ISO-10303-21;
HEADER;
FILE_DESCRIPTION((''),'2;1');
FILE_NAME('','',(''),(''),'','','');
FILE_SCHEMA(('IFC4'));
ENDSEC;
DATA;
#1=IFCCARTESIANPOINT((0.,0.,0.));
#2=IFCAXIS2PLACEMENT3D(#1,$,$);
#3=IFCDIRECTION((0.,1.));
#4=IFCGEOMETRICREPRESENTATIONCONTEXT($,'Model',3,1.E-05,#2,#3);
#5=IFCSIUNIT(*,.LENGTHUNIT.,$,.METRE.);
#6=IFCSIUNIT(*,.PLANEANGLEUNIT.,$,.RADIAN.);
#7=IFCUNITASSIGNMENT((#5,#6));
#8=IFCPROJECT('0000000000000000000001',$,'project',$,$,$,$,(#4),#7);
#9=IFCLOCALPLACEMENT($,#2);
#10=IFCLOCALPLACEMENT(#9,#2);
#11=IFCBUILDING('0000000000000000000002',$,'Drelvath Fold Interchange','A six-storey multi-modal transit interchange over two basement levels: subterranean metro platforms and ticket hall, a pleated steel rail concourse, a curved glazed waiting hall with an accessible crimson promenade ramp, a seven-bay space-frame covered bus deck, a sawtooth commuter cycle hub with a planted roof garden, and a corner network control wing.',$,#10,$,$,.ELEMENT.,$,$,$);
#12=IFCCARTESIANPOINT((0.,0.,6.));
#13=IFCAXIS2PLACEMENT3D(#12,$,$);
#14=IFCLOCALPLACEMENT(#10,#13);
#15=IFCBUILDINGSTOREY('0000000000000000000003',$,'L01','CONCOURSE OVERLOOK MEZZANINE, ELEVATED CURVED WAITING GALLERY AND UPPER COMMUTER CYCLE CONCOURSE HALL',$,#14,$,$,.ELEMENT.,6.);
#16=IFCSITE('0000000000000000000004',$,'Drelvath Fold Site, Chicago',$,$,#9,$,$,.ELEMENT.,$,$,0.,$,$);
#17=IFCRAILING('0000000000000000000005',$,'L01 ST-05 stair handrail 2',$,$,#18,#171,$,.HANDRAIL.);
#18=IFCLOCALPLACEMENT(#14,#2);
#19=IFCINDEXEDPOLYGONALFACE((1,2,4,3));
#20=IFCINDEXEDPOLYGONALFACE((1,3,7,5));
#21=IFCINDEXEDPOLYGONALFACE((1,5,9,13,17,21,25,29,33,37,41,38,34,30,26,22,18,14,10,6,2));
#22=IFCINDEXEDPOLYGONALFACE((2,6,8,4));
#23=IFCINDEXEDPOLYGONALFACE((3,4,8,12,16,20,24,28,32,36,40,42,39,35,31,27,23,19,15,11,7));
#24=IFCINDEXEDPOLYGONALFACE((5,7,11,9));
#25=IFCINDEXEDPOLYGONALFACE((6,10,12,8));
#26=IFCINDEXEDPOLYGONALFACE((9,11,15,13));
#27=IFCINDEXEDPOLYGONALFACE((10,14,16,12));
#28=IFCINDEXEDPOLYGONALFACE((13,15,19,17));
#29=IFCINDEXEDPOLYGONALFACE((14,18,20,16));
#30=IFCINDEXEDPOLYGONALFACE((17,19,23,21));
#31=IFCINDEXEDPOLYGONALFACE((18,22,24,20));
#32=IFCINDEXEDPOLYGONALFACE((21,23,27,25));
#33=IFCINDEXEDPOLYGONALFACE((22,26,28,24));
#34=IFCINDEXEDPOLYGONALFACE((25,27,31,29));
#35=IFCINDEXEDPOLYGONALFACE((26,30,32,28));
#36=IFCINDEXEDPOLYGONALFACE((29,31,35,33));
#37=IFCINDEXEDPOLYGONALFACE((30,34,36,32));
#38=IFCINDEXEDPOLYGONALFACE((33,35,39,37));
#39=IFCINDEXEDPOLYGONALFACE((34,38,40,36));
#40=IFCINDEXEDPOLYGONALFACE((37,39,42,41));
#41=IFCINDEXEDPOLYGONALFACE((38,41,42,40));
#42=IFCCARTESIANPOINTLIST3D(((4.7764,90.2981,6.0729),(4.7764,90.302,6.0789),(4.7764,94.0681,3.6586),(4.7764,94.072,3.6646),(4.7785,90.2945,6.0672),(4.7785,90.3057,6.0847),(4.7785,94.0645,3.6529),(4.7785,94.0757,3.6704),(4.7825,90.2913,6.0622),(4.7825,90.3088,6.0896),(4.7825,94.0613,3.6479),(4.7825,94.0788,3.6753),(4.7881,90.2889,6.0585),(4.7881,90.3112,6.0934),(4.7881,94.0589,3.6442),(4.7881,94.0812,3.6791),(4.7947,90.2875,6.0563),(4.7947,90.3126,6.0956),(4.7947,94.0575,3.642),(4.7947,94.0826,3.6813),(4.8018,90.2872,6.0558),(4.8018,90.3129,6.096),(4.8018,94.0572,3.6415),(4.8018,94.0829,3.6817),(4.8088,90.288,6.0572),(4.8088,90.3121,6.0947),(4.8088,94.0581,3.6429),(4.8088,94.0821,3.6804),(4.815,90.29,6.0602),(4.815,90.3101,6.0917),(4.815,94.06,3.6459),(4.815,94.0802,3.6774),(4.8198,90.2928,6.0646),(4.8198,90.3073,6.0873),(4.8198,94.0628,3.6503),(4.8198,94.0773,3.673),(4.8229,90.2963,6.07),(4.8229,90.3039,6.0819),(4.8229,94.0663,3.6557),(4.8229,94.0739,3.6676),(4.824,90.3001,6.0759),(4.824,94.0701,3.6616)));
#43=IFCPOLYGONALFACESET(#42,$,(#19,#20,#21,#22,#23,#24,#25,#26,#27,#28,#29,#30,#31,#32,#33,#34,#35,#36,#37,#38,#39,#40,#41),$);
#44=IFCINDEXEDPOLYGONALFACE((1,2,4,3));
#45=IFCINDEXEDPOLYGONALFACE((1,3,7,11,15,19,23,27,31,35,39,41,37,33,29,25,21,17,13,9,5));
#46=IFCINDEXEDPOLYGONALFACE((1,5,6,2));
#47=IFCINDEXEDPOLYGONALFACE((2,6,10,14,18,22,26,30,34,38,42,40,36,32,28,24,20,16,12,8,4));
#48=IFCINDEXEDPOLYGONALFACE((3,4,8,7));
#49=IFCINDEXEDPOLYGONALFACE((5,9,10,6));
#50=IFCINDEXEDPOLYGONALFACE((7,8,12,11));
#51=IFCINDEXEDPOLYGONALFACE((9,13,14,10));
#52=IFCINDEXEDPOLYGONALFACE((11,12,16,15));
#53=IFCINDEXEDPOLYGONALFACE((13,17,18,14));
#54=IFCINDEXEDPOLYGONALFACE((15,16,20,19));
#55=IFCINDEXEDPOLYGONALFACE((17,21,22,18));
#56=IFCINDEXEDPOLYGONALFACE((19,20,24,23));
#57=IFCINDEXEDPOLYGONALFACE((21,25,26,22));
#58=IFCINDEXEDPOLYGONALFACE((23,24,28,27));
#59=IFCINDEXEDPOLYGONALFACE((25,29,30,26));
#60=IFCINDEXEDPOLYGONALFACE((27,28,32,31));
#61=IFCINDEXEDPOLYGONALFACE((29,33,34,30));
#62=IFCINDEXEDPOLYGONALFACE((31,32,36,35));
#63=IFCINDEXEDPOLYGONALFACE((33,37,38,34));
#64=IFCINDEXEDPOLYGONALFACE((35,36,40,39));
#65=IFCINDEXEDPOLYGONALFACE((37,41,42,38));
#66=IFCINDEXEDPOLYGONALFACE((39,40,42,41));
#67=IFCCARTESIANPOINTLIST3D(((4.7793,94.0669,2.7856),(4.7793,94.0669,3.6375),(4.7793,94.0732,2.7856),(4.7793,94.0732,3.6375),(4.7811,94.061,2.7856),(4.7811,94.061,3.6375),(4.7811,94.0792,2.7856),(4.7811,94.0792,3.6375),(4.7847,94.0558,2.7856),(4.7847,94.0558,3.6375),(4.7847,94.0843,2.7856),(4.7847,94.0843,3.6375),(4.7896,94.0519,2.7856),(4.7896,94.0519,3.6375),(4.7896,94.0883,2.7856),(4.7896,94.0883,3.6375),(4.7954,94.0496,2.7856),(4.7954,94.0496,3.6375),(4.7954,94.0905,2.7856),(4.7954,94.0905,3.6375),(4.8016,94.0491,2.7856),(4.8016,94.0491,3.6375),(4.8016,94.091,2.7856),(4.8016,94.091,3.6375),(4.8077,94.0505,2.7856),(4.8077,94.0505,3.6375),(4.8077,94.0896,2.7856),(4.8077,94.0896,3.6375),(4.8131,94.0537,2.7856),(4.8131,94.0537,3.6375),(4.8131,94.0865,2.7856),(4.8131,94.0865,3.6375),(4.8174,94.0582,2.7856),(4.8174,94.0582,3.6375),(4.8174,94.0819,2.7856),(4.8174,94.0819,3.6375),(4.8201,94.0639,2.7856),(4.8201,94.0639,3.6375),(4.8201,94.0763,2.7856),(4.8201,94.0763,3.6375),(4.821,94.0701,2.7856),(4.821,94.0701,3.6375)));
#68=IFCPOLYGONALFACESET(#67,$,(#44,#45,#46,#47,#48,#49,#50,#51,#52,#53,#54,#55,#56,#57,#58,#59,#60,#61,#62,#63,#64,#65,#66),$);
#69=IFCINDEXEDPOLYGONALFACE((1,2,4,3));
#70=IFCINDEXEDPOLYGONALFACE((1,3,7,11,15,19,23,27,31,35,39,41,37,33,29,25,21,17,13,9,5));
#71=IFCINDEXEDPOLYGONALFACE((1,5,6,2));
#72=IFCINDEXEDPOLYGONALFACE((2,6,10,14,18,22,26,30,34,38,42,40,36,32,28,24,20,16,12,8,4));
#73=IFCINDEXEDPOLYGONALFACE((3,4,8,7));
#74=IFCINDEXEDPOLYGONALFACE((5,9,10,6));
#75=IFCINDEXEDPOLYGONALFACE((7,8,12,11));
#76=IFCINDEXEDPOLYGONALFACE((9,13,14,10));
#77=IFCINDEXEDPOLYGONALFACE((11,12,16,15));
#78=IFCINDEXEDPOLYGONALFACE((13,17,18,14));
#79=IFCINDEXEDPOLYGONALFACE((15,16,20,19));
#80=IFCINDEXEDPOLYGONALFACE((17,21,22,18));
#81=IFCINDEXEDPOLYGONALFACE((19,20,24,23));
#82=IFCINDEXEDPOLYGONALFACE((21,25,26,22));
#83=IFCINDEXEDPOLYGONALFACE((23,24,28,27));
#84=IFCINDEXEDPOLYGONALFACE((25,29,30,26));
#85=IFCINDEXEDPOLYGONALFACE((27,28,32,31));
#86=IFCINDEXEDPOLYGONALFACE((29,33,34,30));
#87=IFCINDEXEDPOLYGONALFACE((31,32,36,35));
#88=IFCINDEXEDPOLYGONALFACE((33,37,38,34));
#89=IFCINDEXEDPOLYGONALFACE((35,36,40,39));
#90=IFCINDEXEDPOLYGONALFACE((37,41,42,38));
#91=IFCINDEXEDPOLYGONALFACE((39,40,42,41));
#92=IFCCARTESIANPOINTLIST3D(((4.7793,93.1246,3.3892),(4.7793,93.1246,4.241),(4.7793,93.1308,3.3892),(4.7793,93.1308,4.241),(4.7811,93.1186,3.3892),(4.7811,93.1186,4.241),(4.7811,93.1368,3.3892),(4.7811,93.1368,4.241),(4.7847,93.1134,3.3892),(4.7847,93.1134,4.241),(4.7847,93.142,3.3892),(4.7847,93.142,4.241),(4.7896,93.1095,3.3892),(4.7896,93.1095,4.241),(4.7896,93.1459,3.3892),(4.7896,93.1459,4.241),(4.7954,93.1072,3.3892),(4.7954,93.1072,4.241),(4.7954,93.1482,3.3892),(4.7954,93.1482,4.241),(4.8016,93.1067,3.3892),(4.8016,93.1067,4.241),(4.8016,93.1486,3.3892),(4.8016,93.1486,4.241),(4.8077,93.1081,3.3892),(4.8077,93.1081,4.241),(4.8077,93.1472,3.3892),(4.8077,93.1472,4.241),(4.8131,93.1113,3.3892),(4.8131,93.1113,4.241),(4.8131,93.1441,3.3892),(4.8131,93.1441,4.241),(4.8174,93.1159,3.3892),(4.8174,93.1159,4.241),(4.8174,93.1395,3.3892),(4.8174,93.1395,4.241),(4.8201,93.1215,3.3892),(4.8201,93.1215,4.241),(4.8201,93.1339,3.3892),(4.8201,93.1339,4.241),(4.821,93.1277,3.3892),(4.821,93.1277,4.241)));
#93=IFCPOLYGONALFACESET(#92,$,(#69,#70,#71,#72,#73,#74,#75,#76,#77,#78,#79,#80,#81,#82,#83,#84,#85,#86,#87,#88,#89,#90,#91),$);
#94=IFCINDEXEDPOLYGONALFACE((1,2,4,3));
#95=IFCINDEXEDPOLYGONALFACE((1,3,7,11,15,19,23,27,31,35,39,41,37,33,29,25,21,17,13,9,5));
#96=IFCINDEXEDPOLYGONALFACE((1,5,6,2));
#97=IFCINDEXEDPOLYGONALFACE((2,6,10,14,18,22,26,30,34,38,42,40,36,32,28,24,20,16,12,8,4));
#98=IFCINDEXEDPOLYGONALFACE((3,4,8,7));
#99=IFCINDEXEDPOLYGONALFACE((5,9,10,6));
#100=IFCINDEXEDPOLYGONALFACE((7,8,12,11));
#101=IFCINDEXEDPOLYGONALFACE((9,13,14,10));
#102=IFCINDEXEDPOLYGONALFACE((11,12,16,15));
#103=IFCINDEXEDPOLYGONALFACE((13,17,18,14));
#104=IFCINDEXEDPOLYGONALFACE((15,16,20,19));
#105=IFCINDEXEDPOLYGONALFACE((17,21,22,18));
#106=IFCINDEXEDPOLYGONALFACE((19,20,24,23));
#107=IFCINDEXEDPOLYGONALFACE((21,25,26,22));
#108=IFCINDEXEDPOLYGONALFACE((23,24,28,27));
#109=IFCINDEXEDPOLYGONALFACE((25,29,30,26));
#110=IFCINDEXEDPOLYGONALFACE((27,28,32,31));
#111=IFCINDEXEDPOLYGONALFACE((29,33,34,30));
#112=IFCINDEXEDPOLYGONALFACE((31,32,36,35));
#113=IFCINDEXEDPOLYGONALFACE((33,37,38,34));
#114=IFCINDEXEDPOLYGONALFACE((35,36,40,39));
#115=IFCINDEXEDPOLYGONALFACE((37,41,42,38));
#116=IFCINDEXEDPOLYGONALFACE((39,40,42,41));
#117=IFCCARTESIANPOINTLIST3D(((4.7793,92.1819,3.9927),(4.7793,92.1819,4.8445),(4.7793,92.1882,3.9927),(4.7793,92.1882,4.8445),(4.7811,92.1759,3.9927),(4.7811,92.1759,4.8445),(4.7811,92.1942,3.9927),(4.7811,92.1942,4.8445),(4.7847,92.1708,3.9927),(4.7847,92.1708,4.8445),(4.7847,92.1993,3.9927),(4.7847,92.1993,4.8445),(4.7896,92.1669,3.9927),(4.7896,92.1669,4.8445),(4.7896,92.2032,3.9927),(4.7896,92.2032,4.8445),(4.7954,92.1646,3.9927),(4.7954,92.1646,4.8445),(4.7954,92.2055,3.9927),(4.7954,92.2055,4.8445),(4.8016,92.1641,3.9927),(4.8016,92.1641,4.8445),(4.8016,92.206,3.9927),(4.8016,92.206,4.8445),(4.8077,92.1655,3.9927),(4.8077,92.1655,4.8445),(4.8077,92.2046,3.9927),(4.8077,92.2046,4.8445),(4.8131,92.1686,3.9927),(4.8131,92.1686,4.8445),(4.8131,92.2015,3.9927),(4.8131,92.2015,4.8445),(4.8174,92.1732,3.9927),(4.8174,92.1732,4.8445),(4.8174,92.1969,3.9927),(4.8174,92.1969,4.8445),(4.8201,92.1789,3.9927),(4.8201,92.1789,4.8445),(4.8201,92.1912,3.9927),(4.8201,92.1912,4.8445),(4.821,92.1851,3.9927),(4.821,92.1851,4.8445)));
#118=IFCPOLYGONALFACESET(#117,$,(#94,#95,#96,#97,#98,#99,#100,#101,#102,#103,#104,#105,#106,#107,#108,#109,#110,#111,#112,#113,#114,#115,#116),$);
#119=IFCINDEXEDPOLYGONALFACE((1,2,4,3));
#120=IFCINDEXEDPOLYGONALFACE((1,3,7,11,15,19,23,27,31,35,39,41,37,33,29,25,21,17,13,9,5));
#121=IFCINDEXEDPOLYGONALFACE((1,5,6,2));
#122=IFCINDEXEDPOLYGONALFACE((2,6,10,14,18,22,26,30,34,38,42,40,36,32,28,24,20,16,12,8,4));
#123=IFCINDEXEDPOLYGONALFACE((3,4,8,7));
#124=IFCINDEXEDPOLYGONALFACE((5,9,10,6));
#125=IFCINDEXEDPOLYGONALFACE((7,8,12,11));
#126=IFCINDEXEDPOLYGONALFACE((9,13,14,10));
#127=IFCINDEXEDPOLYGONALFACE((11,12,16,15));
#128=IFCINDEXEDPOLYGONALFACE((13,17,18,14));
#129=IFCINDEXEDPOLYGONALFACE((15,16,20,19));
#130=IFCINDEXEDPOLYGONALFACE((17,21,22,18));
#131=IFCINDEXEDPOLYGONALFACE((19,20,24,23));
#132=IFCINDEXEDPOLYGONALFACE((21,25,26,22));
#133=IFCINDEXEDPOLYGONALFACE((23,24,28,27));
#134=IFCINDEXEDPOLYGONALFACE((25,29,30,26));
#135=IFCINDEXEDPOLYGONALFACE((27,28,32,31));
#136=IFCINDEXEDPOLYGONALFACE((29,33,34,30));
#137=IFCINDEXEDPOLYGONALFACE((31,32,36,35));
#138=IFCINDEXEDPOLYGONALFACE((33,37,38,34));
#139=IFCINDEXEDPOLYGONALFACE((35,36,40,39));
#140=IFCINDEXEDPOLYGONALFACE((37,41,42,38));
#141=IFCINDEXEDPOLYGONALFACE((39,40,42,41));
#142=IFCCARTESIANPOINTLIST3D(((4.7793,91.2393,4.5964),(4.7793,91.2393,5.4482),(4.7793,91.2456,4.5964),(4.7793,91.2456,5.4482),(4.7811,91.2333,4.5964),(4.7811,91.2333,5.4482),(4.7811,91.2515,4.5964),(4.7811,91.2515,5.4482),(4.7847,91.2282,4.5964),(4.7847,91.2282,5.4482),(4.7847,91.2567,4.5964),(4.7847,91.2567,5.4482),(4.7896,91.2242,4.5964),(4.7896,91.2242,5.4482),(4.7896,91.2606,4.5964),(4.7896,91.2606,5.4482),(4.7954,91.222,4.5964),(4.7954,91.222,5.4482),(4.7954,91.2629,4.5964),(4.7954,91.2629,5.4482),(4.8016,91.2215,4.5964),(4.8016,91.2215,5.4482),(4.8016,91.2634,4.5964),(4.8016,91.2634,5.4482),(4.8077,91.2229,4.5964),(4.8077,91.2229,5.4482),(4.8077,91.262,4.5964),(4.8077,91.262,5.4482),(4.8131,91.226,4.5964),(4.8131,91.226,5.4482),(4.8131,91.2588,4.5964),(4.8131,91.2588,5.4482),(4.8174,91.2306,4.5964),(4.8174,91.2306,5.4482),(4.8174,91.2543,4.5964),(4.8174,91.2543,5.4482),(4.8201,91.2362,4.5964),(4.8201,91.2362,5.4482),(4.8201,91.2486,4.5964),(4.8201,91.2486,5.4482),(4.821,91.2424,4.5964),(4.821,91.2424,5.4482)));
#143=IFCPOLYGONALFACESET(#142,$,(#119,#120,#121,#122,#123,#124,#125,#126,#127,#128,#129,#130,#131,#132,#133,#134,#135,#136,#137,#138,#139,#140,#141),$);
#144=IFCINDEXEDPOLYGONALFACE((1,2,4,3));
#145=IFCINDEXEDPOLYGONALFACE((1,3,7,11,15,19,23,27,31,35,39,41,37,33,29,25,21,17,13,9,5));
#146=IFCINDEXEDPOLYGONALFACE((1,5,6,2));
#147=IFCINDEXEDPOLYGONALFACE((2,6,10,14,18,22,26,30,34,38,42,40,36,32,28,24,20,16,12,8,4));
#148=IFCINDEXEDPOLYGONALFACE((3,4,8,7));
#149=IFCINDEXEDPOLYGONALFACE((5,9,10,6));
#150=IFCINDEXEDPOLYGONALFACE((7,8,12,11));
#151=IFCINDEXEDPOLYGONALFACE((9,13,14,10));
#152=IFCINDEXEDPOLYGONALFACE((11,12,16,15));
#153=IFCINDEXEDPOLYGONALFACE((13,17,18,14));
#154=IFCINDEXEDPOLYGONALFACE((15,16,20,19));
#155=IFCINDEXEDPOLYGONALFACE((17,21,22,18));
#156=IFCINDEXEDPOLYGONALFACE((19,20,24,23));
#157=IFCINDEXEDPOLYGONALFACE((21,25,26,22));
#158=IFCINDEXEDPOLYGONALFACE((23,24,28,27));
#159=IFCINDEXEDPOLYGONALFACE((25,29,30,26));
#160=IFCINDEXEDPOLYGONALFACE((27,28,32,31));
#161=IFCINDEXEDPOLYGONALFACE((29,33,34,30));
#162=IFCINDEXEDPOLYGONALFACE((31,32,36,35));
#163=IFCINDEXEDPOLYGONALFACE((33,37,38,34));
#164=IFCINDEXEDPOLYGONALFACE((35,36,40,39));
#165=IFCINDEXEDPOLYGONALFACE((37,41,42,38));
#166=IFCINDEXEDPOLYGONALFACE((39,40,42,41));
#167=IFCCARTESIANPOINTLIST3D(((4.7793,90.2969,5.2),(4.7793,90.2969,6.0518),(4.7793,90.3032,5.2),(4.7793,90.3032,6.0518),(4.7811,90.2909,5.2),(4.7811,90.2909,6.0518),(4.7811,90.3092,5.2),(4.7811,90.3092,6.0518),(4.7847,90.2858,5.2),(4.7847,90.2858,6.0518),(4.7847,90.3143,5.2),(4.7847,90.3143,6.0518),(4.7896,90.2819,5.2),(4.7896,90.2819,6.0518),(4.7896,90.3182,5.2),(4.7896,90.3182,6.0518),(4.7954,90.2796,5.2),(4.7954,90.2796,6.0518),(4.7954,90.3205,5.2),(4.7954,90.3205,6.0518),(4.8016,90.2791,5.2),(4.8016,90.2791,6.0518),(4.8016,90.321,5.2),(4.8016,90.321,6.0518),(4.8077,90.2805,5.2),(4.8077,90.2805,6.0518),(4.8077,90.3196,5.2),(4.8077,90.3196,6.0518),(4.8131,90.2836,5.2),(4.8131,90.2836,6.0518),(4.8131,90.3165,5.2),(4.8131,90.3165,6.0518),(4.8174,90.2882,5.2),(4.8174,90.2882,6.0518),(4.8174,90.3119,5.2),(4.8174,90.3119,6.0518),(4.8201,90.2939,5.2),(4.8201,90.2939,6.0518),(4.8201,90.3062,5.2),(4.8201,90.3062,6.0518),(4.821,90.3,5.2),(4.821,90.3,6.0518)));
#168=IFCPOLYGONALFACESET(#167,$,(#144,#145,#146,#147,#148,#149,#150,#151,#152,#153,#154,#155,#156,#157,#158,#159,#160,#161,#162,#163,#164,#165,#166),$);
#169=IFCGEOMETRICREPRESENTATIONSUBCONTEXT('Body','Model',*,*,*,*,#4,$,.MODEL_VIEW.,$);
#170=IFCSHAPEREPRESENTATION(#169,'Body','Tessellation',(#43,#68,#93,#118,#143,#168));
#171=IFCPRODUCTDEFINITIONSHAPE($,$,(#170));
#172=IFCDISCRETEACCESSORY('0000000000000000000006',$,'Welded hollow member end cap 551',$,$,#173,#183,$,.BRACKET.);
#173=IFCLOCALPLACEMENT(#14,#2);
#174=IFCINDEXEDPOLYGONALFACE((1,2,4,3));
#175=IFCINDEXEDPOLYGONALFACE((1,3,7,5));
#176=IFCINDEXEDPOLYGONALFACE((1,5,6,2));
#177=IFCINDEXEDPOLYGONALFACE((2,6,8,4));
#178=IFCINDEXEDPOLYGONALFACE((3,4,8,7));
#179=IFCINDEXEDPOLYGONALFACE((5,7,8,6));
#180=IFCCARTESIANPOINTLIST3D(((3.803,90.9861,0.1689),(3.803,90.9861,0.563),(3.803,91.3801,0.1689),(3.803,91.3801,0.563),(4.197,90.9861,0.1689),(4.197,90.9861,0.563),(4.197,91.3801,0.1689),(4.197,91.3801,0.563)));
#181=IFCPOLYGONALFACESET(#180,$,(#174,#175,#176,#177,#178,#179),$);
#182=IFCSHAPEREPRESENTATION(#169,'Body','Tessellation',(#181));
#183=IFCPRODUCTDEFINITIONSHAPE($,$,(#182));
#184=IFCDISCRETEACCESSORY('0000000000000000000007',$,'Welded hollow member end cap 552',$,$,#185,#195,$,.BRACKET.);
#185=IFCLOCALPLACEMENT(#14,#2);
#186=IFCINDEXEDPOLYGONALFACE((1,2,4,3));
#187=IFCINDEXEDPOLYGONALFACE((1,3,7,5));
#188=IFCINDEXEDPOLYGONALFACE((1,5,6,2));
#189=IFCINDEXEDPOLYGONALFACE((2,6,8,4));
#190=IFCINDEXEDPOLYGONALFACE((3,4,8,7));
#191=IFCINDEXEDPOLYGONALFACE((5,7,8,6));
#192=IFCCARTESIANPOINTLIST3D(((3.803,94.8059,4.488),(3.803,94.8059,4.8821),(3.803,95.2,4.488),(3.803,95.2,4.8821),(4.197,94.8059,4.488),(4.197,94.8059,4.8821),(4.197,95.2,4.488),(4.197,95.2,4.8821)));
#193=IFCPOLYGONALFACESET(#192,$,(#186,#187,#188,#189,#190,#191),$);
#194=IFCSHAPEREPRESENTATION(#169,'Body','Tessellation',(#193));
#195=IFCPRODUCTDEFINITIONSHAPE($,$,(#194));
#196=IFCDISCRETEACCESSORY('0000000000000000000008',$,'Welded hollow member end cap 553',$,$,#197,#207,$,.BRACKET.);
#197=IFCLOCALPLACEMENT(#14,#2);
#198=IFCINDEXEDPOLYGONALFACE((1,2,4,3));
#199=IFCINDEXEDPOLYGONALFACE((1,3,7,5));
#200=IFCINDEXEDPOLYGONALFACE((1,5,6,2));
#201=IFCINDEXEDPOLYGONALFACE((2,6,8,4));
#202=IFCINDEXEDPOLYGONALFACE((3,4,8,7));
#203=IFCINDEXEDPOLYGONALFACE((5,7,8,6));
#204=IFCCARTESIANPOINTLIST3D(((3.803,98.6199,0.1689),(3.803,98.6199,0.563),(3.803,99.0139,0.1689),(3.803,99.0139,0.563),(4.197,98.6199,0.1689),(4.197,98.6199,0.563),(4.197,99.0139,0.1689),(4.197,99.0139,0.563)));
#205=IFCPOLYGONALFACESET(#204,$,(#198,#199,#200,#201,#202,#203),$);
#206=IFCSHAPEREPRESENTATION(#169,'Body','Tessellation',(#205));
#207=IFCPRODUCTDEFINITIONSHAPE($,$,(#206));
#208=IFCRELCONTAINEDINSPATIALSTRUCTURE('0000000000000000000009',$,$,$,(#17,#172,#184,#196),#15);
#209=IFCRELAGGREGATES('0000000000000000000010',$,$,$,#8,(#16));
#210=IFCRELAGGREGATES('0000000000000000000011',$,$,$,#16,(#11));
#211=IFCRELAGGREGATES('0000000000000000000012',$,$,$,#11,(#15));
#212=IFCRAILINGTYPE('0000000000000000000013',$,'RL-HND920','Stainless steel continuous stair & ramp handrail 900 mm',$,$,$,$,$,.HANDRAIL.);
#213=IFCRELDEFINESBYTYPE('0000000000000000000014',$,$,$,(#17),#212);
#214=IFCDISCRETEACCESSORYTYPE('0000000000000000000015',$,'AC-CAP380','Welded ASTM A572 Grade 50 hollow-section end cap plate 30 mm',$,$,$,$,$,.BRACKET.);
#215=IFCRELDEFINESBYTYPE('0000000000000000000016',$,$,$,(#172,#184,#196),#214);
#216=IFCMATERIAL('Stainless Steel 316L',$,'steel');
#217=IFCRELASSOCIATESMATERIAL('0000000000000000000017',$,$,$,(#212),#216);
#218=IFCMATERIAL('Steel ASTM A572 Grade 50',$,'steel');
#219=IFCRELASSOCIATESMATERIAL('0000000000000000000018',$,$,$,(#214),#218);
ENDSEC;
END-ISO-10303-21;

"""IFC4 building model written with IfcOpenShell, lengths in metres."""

from ifc_helpers import new_model, si_unit, direction, frame, origin, origin_2d, place, context, subcontext, project, spatial, rectangle, circle, extrude, material, type_object, element, save


model = new_model("IFC4")

# Units and contexts
model_context = context("Model", 3, precision=1e-05, world=origin(), true_north=direction((0.0, 1.0)))
body_context = subcontext(model_context, "Body", "Model", "MODEL_VIEW")
ifc_project = project(units=[si_unit("LENGTHUNIT", "METRE"), si_unit("PLANEANGLEUNIT", "RADIAN")], contexts=[model_context])

# Site, building, storey
site_placement = place(None, origin())
site = spatial("IfcSite", under=ifc_project, at=site_placement, Name="Drelvath Fold Site, Chicago", CompositionType="ELEMENT", RefElevation=0.0)
building_placement = place(site_placement, origin())
building = spatial("IfcBuilding", under=site, at=building_placement, Name="Drelvath Fold Interchange", Description="A six-storey multi-modal transit interchange over two basement levels: subterranean metro platforms and ticket hall, a pleated steel rail concourse, a curved glazed waiting hall with an accessible crimson promenade ramp, a seven-bay space-frame covered bus deck, a sawtooth commuter cycle hub with a planted roof garden, and a corner network control wing.", CompositionType="ELEMENT")
storey_placement = place(building_placement, frame((0.0, 0.0, 6.0)))
storey = spatial("IfcBuildingStorey", under=building, at=storey_placement, Name="L01", Description="CONCOURSE OVERLOOK MEZZANINE, ELEVATED CURVED WAITING GALLERY AND UPPER COMMUTER CYCLE CONCOURSE HALL", CompositionType="ELEMENT", Elevation=6.0)

# Shared definitions
ifc_material_1 = material(Name="Steel ASTM A572 Grade 50", Category="steel")

# Railing
ifc_material_2 = material(Name="Stainless Steel 316L", Category="steel")
railing_type_1 = type_object("IfcRailingType", Name="RL-HND920", Description="Stainless steel continuous stair & ramp handrail 900 mm", PredefinedType="HANDRAIL", material=ifc_material_2)
railing_1_placement = place(storey_placement, frame((4.8, 94.0701, 2.7856)))
element("IfcRailing", 1, at=railing_1_placement, inside=storey, type_object=railing_type_1, Name="L01 ST-05 stair handrail 2", PredefinedType="HANDRAIL", context=body_context, shape_type="SweptSolid", body=[
    extrude(circle(Radius=0.0239, at=origin_2d()), frame((0.0, 0.0, 0.876), z_axis=(0.0, -0.84212, 0.53929), x_axis=(1.0, 0.0, 0.0)), (0.0, 0.0, 1.0), 4.4768),
    extrude(circle(Radius=0.021, at=origin_2d()), origin(), (0.0, 0.0, 1.0), 0.8518),
    extrude(circle(Radius=0.021, at=origin_2d()), frame((0.0, -0.9424, 0.6035)), (0.0, 0.0, 1.0), 0.8518),
    extrude(circle(Radius=0.021, at=origin_2d()), frame((0.0, -1.885, 1.207)), (0.0, 0.0, 1.0), 0.8518),
    extrude(circle(Radius=0.021, at=origin_2d()), frame((0.0, -2.8276, 1.8108)), (0.0, 0.0, 1.0), 0.8518),
    extrude(circle(Radius=0.021, at=origin_2d()), frame((0.0, -3.77, 2.4143)), (0.0, 0.0, 1.0), 0.8518),
])

# Discrete accessories
discrete_accessory_type = type_object("IfcDiscreteAccessoryType", Name="AC-CAP380", Description="Welded ASTM A572 Grade 50 hollow-section end cap plate 30 mm", PredefinedType="BRACKET", material=ifc_material_1)
for number, where, z_axis, x_axis, name in (
    (2, (4.0, 91.1831, 0.1689), (0.0, 0.0, 1.0), (1.0, 0.0, 0.0), "Welded hollow member end cap 551"),
    (3, (4.0, 95.0029, 4.488), (0.0, 0.0, 1.0), (1.0, 0.0, 0.0), "Welded hollow member end cap 552"),
    (4, (4.0, 98.8169, 0.1689), (0.0, 0.0, 1.0), (1.0, 0.0, 0.0), "Welded hollow member end cap 553"),
):
    element("IfcDiscreteAccessory", number, at=place(storey_placement, frame(where, z_axis=z_axis, x_axis=x_axis)), inside=storey, type_object=discrete_accessory_type, Name=name, PredefinedType="BRACKET", context=body_context, shape_type="SweptSolid", body=[
        extrude(rectangle(XDim=0.394, YDim=0.394, at=origin_2d()), origin(), (0.0, 0.0, 1.0), 0.394),
    ])

save(model, "model.ifc")
